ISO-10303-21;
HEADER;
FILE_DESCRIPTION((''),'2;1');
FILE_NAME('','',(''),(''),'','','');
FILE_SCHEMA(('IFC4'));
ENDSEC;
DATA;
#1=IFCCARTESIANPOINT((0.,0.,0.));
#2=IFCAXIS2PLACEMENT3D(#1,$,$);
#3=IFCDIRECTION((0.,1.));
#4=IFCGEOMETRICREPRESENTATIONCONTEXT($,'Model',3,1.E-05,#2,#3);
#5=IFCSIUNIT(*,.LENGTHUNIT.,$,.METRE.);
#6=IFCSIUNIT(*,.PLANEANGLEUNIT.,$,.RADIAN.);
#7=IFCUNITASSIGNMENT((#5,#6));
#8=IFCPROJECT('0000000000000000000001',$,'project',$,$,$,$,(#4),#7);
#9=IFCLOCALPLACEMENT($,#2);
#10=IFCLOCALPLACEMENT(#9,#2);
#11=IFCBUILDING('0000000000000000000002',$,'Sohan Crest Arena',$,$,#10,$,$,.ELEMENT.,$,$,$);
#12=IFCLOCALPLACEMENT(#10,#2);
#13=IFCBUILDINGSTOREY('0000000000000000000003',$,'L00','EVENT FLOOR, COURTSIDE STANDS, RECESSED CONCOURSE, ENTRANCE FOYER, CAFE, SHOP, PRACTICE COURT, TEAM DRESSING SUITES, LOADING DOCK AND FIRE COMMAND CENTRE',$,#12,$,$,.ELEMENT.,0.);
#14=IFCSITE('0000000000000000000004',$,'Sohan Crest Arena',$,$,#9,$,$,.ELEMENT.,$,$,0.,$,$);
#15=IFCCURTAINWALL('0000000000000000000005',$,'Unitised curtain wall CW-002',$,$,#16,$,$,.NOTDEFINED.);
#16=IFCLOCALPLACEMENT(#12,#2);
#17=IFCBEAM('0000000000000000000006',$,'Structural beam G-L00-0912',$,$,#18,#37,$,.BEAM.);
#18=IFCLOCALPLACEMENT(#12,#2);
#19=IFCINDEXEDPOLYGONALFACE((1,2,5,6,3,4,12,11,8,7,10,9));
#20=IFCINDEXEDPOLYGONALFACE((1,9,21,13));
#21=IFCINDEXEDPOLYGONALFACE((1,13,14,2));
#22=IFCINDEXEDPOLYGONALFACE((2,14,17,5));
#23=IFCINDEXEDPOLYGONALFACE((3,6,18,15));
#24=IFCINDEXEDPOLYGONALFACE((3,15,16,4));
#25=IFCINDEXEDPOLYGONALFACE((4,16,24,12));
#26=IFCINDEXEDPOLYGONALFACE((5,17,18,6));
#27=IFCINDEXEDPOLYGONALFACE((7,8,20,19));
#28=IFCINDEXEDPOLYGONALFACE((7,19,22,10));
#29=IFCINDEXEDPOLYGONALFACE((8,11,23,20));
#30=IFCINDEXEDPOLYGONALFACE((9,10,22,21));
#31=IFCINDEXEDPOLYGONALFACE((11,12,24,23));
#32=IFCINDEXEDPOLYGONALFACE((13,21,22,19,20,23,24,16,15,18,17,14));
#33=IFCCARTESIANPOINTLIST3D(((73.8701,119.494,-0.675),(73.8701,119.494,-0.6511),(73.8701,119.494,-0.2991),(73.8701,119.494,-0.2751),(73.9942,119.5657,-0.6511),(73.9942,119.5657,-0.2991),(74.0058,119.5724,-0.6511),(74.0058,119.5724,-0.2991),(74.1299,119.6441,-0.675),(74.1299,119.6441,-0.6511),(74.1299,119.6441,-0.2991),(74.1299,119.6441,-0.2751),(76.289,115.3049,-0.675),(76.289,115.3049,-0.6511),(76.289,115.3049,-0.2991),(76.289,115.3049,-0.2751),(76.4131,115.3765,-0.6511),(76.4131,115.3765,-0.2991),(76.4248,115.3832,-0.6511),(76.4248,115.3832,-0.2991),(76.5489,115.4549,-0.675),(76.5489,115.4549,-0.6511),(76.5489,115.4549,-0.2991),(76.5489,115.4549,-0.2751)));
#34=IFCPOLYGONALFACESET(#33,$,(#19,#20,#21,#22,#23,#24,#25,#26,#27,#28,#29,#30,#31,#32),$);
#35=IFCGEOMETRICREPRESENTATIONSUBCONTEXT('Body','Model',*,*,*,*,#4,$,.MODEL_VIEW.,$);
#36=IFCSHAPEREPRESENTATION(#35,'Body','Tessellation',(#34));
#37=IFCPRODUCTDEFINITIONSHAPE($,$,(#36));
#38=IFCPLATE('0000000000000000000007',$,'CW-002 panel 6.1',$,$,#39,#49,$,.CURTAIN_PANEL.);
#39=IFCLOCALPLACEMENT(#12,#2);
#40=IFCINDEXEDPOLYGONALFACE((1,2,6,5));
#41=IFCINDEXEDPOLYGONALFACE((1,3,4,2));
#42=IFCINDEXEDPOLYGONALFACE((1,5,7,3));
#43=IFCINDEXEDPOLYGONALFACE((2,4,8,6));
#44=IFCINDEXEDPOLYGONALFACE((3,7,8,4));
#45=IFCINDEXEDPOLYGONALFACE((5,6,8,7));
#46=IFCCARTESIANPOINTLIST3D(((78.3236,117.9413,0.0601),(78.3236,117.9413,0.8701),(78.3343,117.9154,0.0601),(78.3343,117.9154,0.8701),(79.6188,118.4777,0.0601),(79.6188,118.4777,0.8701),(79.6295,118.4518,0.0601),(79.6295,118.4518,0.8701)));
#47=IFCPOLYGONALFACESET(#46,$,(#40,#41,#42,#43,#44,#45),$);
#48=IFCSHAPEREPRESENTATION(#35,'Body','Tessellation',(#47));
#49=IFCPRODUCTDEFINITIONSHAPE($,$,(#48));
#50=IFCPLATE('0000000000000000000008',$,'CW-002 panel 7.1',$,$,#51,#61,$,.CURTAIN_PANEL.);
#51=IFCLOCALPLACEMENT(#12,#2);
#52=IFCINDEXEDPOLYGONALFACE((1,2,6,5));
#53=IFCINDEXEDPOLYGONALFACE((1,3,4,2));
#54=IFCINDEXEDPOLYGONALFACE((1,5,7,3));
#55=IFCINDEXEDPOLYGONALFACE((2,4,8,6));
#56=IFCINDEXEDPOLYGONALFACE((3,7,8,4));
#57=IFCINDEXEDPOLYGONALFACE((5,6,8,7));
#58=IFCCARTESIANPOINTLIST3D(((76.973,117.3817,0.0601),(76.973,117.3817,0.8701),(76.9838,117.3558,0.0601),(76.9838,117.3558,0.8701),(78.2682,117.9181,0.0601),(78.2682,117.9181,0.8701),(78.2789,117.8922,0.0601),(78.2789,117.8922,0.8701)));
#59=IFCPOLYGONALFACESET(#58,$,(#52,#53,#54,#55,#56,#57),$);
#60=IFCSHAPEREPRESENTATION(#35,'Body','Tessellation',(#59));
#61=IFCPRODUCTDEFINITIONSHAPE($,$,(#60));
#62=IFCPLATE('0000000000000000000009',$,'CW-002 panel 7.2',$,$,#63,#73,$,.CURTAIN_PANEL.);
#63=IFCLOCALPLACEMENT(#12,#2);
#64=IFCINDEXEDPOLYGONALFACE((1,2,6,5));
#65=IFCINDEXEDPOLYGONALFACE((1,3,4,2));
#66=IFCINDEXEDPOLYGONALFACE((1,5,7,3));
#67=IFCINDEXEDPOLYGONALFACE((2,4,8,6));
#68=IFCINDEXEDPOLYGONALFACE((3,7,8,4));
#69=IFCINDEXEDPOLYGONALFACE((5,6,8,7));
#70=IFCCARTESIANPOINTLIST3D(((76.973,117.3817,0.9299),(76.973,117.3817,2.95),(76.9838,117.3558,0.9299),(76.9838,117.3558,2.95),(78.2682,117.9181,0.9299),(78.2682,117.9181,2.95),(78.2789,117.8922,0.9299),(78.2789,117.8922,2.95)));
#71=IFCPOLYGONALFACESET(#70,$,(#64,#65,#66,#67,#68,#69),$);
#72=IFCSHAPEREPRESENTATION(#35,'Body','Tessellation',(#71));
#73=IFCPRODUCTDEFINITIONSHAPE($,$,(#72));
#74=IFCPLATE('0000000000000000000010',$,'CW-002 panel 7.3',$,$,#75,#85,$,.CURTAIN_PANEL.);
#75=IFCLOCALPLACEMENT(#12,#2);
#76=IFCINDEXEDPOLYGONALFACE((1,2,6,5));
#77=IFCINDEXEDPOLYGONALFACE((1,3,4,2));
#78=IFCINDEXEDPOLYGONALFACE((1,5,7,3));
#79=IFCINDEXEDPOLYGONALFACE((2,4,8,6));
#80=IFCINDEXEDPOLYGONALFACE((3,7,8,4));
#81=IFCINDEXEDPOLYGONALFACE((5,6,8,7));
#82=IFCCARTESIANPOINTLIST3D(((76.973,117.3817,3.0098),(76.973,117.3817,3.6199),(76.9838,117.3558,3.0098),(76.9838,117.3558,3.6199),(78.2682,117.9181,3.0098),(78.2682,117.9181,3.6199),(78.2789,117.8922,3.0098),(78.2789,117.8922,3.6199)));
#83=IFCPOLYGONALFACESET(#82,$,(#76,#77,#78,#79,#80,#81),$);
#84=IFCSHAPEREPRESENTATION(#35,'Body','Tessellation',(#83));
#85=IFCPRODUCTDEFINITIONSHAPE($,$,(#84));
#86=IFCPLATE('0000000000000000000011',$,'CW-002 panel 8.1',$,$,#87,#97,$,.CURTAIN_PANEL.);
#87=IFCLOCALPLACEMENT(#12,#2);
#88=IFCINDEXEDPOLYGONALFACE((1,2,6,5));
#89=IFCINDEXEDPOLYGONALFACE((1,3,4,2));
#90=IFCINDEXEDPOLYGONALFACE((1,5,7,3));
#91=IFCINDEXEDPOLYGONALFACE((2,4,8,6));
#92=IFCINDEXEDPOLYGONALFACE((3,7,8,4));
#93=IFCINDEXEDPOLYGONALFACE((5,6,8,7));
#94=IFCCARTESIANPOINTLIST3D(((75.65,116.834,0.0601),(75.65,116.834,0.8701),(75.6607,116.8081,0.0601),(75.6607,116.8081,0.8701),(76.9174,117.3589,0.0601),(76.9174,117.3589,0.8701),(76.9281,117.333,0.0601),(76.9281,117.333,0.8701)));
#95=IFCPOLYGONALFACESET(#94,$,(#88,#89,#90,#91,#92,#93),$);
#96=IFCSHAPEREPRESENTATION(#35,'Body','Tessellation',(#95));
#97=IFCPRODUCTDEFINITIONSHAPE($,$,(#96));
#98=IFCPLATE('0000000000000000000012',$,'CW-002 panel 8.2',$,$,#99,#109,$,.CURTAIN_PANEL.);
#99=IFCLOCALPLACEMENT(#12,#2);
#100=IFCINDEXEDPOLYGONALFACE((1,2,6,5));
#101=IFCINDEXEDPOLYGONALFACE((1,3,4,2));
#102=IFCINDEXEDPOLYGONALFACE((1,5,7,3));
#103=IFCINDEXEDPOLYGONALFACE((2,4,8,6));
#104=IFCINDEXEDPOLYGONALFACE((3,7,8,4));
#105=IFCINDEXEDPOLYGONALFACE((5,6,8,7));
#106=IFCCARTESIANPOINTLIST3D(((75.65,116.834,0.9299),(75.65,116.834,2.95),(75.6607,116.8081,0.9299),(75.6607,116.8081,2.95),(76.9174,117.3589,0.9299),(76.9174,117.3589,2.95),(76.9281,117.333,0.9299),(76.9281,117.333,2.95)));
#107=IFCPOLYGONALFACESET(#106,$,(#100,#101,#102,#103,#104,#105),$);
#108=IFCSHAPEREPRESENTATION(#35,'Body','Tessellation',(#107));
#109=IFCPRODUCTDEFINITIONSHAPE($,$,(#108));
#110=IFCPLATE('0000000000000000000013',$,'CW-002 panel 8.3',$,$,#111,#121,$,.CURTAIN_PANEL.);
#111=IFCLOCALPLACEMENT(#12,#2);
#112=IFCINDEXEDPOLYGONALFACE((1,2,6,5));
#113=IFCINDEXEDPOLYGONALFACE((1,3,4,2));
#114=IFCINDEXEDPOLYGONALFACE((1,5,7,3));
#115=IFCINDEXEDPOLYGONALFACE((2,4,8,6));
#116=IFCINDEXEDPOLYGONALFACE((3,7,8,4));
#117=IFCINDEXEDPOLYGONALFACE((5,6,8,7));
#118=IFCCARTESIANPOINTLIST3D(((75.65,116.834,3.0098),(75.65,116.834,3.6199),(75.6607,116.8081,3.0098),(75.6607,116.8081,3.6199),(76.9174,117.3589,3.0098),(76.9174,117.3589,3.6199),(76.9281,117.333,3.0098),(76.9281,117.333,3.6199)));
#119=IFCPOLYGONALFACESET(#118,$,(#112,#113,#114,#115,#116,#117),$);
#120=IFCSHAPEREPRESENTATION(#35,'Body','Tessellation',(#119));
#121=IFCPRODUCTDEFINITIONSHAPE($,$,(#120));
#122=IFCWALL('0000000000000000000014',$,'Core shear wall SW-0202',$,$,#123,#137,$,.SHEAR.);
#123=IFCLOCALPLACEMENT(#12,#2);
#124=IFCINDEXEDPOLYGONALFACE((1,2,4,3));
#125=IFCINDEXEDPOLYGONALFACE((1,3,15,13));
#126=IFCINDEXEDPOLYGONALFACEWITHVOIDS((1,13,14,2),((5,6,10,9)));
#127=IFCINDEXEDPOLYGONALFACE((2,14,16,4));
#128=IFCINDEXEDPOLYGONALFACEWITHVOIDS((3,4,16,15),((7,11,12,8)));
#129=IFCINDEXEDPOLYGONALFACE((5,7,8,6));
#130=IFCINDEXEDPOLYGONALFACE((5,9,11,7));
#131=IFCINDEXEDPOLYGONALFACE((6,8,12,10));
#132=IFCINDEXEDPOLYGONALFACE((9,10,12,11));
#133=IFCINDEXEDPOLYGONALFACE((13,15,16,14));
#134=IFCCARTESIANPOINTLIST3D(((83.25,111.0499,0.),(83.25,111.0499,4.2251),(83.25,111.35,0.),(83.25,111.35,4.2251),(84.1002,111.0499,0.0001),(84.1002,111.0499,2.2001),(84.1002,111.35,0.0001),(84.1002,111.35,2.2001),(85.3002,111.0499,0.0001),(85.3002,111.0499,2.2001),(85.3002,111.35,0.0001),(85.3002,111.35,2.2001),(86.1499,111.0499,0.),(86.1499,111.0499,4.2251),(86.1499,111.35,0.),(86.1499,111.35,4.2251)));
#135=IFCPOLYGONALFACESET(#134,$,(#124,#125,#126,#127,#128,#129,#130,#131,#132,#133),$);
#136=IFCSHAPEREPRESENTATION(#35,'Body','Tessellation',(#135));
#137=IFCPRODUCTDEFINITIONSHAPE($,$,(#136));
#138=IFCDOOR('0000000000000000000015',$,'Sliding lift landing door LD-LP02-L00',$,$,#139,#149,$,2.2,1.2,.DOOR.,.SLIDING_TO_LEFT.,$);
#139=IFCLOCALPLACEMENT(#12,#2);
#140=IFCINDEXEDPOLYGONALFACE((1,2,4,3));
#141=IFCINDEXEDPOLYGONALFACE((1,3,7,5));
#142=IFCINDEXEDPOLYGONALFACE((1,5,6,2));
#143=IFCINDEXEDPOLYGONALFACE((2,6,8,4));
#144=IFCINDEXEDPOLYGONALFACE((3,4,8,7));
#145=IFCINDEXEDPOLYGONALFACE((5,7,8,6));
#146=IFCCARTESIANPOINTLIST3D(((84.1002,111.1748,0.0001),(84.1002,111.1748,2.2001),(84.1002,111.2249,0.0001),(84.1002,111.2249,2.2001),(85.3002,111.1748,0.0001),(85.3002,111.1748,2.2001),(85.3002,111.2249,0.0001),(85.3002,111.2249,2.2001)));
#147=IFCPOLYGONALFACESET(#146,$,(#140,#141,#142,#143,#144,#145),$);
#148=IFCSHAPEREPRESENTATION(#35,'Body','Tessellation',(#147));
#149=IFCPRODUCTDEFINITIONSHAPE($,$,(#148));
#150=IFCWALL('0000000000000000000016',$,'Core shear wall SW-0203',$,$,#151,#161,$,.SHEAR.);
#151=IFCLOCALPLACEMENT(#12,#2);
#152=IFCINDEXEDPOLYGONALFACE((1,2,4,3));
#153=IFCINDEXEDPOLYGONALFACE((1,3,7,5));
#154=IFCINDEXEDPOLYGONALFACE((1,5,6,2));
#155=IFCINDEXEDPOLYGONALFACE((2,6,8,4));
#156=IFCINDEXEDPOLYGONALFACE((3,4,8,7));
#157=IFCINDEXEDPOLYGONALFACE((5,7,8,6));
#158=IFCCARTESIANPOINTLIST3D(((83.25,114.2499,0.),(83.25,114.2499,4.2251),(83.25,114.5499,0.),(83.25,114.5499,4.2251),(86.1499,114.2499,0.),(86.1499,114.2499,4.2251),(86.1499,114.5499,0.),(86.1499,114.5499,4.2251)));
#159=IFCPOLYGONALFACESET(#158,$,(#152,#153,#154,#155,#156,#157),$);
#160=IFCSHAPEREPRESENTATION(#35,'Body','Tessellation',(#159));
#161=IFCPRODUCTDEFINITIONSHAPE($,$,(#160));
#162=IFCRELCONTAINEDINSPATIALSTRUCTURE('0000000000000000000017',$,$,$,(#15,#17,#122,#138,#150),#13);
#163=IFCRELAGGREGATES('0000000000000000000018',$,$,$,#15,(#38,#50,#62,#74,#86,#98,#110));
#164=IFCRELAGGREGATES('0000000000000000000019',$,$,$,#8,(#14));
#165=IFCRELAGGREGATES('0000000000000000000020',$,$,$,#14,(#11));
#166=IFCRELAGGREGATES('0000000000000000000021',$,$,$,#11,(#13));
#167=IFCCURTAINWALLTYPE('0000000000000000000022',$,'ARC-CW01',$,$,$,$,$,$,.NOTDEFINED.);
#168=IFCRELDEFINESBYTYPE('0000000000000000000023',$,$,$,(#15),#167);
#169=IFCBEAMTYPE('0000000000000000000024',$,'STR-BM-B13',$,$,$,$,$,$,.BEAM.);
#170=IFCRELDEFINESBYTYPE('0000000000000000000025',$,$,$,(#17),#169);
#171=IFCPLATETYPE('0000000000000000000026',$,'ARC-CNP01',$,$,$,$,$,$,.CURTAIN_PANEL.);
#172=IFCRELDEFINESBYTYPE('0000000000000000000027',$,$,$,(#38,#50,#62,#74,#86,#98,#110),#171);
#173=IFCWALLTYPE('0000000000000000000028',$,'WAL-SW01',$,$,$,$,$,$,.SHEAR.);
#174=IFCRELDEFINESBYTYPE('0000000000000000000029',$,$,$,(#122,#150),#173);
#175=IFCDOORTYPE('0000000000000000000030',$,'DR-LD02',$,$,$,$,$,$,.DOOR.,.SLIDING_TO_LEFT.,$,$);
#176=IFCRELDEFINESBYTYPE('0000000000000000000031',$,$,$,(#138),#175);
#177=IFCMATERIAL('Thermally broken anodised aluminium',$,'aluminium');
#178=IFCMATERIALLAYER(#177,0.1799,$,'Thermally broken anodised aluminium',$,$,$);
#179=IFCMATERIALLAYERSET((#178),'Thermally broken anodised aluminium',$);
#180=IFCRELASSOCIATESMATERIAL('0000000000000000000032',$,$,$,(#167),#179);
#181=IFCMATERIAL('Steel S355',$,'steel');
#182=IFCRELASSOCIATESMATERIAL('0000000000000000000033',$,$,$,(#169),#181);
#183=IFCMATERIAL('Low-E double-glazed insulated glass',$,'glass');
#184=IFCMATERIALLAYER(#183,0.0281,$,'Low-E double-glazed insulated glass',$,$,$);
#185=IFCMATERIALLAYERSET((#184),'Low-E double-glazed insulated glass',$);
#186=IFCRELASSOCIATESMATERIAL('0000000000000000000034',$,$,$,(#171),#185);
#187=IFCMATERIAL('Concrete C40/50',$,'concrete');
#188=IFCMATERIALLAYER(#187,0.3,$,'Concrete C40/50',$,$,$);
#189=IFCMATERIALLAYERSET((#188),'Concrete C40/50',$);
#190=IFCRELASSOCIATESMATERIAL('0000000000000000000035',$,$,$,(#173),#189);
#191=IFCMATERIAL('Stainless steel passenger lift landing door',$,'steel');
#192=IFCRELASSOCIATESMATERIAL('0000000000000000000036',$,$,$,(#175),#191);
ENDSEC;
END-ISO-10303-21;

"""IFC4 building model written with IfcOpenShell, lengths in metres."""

from ifc_helpers import new_model, si_unit, direction, frame, frame_2d, origin, origin_2d, place, context, subcontext, project, spatial, rectangle, i_section, extrude, material, layer, layer_set, material_profile, profile_set, type_object, element, fill, aggregate, save


model = new_model("IFC4")

# Units and contexts
model_context = context("Model", 3, precision=1e-05, world=origin(), true_north=direction((0.0, 1.0)))
body_context = subcontext(model_context, "Body", "Model", "MODEL_VIEW")
ifc_project = project(units=[si_unit("LENGTHUNIT", "METRE"), si_unit("PLANEANGLEUNIT", "RADIAN")], contexts=[model_context])

# Site, building, storey
site_placement = place(None, origin())
site = spatial("IfcSite", under=ifc_project, at=site_placement, Name="Sohan Crest Arena", CompositionType="ELEMENT", RefElevation=0.0)
building_placement = place(site_placement, origin())
building = spatial("IfcBuilding", under=site, at=building_placement, Name="Sohan Crest Arena", CompositionType="ELEMENT")
storey_placement = place(building_placement, origin())
storey = spatial("IfcBuildingStorey", under=building, at=storey_placement, Name="L00", Description="EVENT FLOOR, COURTSIDE STANDS, RECESSED CONCOURSE, ENTRANCE FOYER, CAFE, SHOP, PRACTICE COURT, TEAM DRESSING SUITES, LOADING DOCK AND FIRE COMMAND CENTRE", CompositionType="ELEMENT", Elevation=0.0)

# Curtain wall
ifc_material_1 = material(Name="Thermally broken anodised aluminium", Category="aluminium")
ifc_layer_1 = layer(ifc_material_1, 0.1799, Name="Thermally broken anodised aluminium")
ifc_layer_set_1 = layer_set([ifc_layer_1], Name="Thermally broken anodised aluminium")
curtain_wall_type = type_object("IfcCurtainWallType", Name="ARC-CW01", PredefinedType="NOTDEFINED", material=ifc_layer_set_1)
curtain_wall_1_placement = place(storey_placement, origin())
curtain_wall_1 = element("IfcCurtainWall", 1, at=curtain_wall_1_placement, inside=storey, type_object=curtain_wall_type, Name="Unitised curtain wall CW-002", PredefinedType="NOTDEFINED")

# Beam
ifc_material_2 = material(Name="Steel S355", Category="steel")
ifc_material_profile_1 = material_profile(ifc_material_2, i_section(OverallWidth=0.3, OverallDepth=0.3999, WebThickness=0.0134, FlangeThickness=0.0239, at=origin_2d()), Name="HEB 400")
ifc_profile_set_1 = profile_set([ifc_material_profile_1], Name="Steel S355")
beam_type = type_object("IfcBeamType", Name="STR-BM-B13", PredefinedType="BEAM", material=ifc_profile_set_1)
beam_placement = place(storey_placement, frame((76.4189, 115.3799, -0.4751), z_axis=(-0.500047, 0.865998, 0.0), x_axis=(-0.865998, -0.500047, 0.0)))
element("IfcBeam", 2, at=beam_placement, inside=storey, type_object=beam_type, Name="Structural beam G-L00-0912", PredefinedType="BEAM", context=body_context, shape_type="SweptSolid", body=[
    extrude(i_section(OverallWidth=0.3, OverallDepth=0.3999, WebThickness=0.0134, FlangeThickness=0.0239, at=origin_2d()), origin(), (0.0, 0.0, 1.0), 4.8374),
])

# Plates
ifc_material_3 = material(Name="Low-E double-glazed insulated glass", Category="glass")
ifc_layer_2 = layer(ifc_material_3, 0.0281, Name="Low-E double-glazed insulated glass")
ifc_layer_set_2 = layer_set([ifc_layer_2], Name="Low-E double-glazed insulated glass")
plate_type = type_object("IfcPlateType", Name="ARC-CNP01", PredefinedType="CURTAIN_PANEL", material=ifc_layer_set_2)
plate_1_placement = place(storey_placement, frame((78.9766, 118.1965, 0.0601), z_axis=(0.0, 0.0, 1.0), x_axis=(-0.923897, -0.382641, 0.0)))
plate_1 = element("IfcPlate", 3, at=plate_1_placement, type_object=plate_type, Name="CW-002 panel 6.1", PredefinedType="CURTAIN_PANEL", context=body_context, shape_type="SweptSolid", body=[
    extrude(rectangle(XDim=1.4019, YDim=0.0281, at=origin_2d()), origin(), (0.0, 0.0, 1.0), 0.8101),
])
plate_2_placement = place(storey_placement, frame((77.626, 117.637, 0.0601), z_axis=(0.0, 0.0, 1.0), x_axis=(-0.923897, -0.382641, 0.0)))
plate_2 = element("IfcPlate", 4, at=plate_2_placement, type_object=plate_type, Name="CW-002 panel 7.1", PredefinedType="CURTAIN_PANEL", context=body_context, shape_type="SweptSolid", body=[
    extrude(rectangle(XDim=1.4019, YDim=0.0281, at=origin_2d()), origin(), (0.0, 0.0, 1.0), 0.8101),
])
plate_3_placement = place(storey_placement, frame((77.626, 117.637, 0.9299), z_axis=(0.0, 0.0, 1.0), x_axis=(-0.923897, -0.382641, 0.0)))
plate_3 = element("IfcPlate", 5, at=plate_3_placement, type_object=plate_type, Name="CW-002 panel 7.2", PredefinedType="CURTAIN_PANEL", context=body_context, shape_type="SweptSolid", body=[
    extrude(rectangle(XDim=1.4019, YDim=0.0281, at=origin_2d()), origin(), (0.0, 0.0, 1.0), 2.02),
])
plate_4_placement = place(storey_placement, frame((77.626, 117.637, 3.0098), z_axis=(0.0, 0.0, 1.0), x_axis=(-0.923897, -0.382641, 0.0)))
plate_4 = element("IfcPlate", 6, at=plate_4_placement, type_object=plate_type, Name="CW-002 panel 7.3", PredefinedType="CURTAIN_PANEL", context=body_context, shape_type="SweptSolid", body=[
    extrude(rectangle(XDim=1.4019, YDim=0.0281, at=origin_2d()), origin(), (0.0, 0.0, 1.0), 0.6101),
])
plate_5_placement = place(storey_placement, frame((76.2891, 117.0835, 0.0601), z_axis=(0.0, 0.0, 1.0), x_axis=(-0.923897, -0.382641, 0.0)))
plate_5 = element("IfcPlate", 7, at=plate_5_placement, type_object=plate_type, Name="CW-002 panel 8.1", PredefinedType="CURTAIN_PANEL", context=body_context, shape_type="SweptSolid", body=[
    extrude(rectangle(XDim=1.3718, YDim=0.0281, at=origin_2d()), origin(), (0.0, 0.0, 1.0), 0.8101),
])
plate_6_placement = place(storey_placement, frame((76.2891, 117.0835, 0.9299), z_axis=(0.0, 0.0, 1.0), x_axis=(-0.923897, -0.382641, 0.0)))
plate_6 = element("IfcPlate", 8, at=plate_6_placement, type_object=plate_type, Name="CW-002 panel 8.2", PredefinedType="CURTAIN_PANEL", context=body_context, shape_type="SweptSolid", body=[
    extrude(rectangle(XDim=1.3718, YDim=0.0281, at=origin_2d()), origin(), (0.0, 0.0, 1.0), 2.02),
])
plate_7_placement = place(storey_placement, frame((76.2891, 117.0835, 3.0098), z_axis=(0.0, 0.0, 1.0), x_axis=(-0.923897, -0.382641, 0.0)))
plate_7 = element("IfcPlate", 9, at=plate_7_placement, type_object=plate_type, Name="CW-002 panel 8.3", PredefinedType="CURTAIN_PANEL", context=body_context, shape_type="SweptSolid", body=[
    extrude(rectangle(XDim=1.3718, YDim=0.0281, at=origin_2d()), origin(), (0.0, 0.0, 1.0), 0.6101),
])
aggregate(curtain_wall_1, [plate_1, plate_2, plate_3, plate_4, plate_5, plate_6, plate_7])

# Wall, opening, door
ifc_material_4 = material(Name="Concrete C40/50", Category="concrete")
ifc_layer_3 = layer(ifc_material_4, 0.3, Name="Concrete C40/50")
ifc_layer_set_3 = layer_set([ifc_layer_3], Name="Concrete C40/50")
wall_type = type_object("IfcWallType", Name="WAL-SW01", PredefinedType="SHEAR", material=ifc_layer_set_3)
wall_1_placement = place(storey_placement, frame((83.25, 111.2, 0.0), z_axis=(0.0, 0.0, 1.0), x_axis=(1.0, 0.0, 0.0)))
wall_1 = element("IfcWall", 10, at=wall_1_placement, inside=storey, type_object=wall_type, Name="Core shear wall SW-0202", PredefinedType="SHEAR", context=body_context, shape_type="SweptSolid", body=[
    extrude(rectangle(XDim=2.8999, YDim=0.3, at=frame_2d((1.45, 0.0))), origin(), (0.0, 0.0, 1.0), 4.2251),
])
opening_placement = place(wall_1_placement, frame((0.8501, 0.0, 0.0)))
opening = element("IfcOpeningElement", 11, at=opening_placement, cuts=wall_1, PredefinedType="OPENING", context=body_context, shape_type="SweptSolid", body=[
    extrude(rectangle(XDim=1.2, YDim=2.2, at=frame_2d((0.6001, 1.1001))), frame((0.0, 0.1599, 0.0), z_axis=(0.0, -1.0, 0.0), x_axis=(1.0, 0.0, 0.0)), (0.0, 0.0, 1.0), 0.3201),
])
ifc_material_5 = material(Name="Stainless steel passenger lift landing door", Category="steel")
door_type = type_object("IfcDoorType", Name="DR-LD02", OperationType="SLIDING_TO_LEFT", PredefinedType="DOOR", material=ifc_material_5)
door_placement = place(opening_placement, origin())
door = element("IfcDoor", 12, at=door_placement, inside=storey, type_object=door_type, Name="Sliding lift landing door LD-LP02-L00", OperationType="SLIDING_TO_LEFT", OverallHeight=2.2, OverallWidth=1.2, PredefinedType="DOOR", context=body_context, shape_type="SweptSolid", body=[
    extrude(rectangle(XDim=1.2, YDim=2.2, at=frame_2d((0.6001, 1.1001))), frame((0.0, 0.0249, 0.0), z_axis=(0.0, -1.0, 0.0), x_axis=(1.0, 0.0, 0.0)), (0.0, 0.0, 1.0), 0.05),
])
fill(opening, door)

# Wall
wall_2_placement = place(storey_placement, frame((83.25, 114.3999, 0.0), z_axis=(0.0, 0.0, 1.0), x_axis=(1.0, 0.0, 0.0)))
element("IfcWall", 13, at=wall_2_placement, inside=storey, type_object=wall_type, Name="Core shear wall SW-0203", PredefinedType="SHEAR", context=body_context, shape_type="SweptSolid", body=[
    extrude(rectangle(XDim=2.8999, YDim=0.3, at=frame_2d((1.45, 0.0))), origin(), (0.0, 0.0, 1.0), 4.2251),
])

save(model, "model.ifc")
